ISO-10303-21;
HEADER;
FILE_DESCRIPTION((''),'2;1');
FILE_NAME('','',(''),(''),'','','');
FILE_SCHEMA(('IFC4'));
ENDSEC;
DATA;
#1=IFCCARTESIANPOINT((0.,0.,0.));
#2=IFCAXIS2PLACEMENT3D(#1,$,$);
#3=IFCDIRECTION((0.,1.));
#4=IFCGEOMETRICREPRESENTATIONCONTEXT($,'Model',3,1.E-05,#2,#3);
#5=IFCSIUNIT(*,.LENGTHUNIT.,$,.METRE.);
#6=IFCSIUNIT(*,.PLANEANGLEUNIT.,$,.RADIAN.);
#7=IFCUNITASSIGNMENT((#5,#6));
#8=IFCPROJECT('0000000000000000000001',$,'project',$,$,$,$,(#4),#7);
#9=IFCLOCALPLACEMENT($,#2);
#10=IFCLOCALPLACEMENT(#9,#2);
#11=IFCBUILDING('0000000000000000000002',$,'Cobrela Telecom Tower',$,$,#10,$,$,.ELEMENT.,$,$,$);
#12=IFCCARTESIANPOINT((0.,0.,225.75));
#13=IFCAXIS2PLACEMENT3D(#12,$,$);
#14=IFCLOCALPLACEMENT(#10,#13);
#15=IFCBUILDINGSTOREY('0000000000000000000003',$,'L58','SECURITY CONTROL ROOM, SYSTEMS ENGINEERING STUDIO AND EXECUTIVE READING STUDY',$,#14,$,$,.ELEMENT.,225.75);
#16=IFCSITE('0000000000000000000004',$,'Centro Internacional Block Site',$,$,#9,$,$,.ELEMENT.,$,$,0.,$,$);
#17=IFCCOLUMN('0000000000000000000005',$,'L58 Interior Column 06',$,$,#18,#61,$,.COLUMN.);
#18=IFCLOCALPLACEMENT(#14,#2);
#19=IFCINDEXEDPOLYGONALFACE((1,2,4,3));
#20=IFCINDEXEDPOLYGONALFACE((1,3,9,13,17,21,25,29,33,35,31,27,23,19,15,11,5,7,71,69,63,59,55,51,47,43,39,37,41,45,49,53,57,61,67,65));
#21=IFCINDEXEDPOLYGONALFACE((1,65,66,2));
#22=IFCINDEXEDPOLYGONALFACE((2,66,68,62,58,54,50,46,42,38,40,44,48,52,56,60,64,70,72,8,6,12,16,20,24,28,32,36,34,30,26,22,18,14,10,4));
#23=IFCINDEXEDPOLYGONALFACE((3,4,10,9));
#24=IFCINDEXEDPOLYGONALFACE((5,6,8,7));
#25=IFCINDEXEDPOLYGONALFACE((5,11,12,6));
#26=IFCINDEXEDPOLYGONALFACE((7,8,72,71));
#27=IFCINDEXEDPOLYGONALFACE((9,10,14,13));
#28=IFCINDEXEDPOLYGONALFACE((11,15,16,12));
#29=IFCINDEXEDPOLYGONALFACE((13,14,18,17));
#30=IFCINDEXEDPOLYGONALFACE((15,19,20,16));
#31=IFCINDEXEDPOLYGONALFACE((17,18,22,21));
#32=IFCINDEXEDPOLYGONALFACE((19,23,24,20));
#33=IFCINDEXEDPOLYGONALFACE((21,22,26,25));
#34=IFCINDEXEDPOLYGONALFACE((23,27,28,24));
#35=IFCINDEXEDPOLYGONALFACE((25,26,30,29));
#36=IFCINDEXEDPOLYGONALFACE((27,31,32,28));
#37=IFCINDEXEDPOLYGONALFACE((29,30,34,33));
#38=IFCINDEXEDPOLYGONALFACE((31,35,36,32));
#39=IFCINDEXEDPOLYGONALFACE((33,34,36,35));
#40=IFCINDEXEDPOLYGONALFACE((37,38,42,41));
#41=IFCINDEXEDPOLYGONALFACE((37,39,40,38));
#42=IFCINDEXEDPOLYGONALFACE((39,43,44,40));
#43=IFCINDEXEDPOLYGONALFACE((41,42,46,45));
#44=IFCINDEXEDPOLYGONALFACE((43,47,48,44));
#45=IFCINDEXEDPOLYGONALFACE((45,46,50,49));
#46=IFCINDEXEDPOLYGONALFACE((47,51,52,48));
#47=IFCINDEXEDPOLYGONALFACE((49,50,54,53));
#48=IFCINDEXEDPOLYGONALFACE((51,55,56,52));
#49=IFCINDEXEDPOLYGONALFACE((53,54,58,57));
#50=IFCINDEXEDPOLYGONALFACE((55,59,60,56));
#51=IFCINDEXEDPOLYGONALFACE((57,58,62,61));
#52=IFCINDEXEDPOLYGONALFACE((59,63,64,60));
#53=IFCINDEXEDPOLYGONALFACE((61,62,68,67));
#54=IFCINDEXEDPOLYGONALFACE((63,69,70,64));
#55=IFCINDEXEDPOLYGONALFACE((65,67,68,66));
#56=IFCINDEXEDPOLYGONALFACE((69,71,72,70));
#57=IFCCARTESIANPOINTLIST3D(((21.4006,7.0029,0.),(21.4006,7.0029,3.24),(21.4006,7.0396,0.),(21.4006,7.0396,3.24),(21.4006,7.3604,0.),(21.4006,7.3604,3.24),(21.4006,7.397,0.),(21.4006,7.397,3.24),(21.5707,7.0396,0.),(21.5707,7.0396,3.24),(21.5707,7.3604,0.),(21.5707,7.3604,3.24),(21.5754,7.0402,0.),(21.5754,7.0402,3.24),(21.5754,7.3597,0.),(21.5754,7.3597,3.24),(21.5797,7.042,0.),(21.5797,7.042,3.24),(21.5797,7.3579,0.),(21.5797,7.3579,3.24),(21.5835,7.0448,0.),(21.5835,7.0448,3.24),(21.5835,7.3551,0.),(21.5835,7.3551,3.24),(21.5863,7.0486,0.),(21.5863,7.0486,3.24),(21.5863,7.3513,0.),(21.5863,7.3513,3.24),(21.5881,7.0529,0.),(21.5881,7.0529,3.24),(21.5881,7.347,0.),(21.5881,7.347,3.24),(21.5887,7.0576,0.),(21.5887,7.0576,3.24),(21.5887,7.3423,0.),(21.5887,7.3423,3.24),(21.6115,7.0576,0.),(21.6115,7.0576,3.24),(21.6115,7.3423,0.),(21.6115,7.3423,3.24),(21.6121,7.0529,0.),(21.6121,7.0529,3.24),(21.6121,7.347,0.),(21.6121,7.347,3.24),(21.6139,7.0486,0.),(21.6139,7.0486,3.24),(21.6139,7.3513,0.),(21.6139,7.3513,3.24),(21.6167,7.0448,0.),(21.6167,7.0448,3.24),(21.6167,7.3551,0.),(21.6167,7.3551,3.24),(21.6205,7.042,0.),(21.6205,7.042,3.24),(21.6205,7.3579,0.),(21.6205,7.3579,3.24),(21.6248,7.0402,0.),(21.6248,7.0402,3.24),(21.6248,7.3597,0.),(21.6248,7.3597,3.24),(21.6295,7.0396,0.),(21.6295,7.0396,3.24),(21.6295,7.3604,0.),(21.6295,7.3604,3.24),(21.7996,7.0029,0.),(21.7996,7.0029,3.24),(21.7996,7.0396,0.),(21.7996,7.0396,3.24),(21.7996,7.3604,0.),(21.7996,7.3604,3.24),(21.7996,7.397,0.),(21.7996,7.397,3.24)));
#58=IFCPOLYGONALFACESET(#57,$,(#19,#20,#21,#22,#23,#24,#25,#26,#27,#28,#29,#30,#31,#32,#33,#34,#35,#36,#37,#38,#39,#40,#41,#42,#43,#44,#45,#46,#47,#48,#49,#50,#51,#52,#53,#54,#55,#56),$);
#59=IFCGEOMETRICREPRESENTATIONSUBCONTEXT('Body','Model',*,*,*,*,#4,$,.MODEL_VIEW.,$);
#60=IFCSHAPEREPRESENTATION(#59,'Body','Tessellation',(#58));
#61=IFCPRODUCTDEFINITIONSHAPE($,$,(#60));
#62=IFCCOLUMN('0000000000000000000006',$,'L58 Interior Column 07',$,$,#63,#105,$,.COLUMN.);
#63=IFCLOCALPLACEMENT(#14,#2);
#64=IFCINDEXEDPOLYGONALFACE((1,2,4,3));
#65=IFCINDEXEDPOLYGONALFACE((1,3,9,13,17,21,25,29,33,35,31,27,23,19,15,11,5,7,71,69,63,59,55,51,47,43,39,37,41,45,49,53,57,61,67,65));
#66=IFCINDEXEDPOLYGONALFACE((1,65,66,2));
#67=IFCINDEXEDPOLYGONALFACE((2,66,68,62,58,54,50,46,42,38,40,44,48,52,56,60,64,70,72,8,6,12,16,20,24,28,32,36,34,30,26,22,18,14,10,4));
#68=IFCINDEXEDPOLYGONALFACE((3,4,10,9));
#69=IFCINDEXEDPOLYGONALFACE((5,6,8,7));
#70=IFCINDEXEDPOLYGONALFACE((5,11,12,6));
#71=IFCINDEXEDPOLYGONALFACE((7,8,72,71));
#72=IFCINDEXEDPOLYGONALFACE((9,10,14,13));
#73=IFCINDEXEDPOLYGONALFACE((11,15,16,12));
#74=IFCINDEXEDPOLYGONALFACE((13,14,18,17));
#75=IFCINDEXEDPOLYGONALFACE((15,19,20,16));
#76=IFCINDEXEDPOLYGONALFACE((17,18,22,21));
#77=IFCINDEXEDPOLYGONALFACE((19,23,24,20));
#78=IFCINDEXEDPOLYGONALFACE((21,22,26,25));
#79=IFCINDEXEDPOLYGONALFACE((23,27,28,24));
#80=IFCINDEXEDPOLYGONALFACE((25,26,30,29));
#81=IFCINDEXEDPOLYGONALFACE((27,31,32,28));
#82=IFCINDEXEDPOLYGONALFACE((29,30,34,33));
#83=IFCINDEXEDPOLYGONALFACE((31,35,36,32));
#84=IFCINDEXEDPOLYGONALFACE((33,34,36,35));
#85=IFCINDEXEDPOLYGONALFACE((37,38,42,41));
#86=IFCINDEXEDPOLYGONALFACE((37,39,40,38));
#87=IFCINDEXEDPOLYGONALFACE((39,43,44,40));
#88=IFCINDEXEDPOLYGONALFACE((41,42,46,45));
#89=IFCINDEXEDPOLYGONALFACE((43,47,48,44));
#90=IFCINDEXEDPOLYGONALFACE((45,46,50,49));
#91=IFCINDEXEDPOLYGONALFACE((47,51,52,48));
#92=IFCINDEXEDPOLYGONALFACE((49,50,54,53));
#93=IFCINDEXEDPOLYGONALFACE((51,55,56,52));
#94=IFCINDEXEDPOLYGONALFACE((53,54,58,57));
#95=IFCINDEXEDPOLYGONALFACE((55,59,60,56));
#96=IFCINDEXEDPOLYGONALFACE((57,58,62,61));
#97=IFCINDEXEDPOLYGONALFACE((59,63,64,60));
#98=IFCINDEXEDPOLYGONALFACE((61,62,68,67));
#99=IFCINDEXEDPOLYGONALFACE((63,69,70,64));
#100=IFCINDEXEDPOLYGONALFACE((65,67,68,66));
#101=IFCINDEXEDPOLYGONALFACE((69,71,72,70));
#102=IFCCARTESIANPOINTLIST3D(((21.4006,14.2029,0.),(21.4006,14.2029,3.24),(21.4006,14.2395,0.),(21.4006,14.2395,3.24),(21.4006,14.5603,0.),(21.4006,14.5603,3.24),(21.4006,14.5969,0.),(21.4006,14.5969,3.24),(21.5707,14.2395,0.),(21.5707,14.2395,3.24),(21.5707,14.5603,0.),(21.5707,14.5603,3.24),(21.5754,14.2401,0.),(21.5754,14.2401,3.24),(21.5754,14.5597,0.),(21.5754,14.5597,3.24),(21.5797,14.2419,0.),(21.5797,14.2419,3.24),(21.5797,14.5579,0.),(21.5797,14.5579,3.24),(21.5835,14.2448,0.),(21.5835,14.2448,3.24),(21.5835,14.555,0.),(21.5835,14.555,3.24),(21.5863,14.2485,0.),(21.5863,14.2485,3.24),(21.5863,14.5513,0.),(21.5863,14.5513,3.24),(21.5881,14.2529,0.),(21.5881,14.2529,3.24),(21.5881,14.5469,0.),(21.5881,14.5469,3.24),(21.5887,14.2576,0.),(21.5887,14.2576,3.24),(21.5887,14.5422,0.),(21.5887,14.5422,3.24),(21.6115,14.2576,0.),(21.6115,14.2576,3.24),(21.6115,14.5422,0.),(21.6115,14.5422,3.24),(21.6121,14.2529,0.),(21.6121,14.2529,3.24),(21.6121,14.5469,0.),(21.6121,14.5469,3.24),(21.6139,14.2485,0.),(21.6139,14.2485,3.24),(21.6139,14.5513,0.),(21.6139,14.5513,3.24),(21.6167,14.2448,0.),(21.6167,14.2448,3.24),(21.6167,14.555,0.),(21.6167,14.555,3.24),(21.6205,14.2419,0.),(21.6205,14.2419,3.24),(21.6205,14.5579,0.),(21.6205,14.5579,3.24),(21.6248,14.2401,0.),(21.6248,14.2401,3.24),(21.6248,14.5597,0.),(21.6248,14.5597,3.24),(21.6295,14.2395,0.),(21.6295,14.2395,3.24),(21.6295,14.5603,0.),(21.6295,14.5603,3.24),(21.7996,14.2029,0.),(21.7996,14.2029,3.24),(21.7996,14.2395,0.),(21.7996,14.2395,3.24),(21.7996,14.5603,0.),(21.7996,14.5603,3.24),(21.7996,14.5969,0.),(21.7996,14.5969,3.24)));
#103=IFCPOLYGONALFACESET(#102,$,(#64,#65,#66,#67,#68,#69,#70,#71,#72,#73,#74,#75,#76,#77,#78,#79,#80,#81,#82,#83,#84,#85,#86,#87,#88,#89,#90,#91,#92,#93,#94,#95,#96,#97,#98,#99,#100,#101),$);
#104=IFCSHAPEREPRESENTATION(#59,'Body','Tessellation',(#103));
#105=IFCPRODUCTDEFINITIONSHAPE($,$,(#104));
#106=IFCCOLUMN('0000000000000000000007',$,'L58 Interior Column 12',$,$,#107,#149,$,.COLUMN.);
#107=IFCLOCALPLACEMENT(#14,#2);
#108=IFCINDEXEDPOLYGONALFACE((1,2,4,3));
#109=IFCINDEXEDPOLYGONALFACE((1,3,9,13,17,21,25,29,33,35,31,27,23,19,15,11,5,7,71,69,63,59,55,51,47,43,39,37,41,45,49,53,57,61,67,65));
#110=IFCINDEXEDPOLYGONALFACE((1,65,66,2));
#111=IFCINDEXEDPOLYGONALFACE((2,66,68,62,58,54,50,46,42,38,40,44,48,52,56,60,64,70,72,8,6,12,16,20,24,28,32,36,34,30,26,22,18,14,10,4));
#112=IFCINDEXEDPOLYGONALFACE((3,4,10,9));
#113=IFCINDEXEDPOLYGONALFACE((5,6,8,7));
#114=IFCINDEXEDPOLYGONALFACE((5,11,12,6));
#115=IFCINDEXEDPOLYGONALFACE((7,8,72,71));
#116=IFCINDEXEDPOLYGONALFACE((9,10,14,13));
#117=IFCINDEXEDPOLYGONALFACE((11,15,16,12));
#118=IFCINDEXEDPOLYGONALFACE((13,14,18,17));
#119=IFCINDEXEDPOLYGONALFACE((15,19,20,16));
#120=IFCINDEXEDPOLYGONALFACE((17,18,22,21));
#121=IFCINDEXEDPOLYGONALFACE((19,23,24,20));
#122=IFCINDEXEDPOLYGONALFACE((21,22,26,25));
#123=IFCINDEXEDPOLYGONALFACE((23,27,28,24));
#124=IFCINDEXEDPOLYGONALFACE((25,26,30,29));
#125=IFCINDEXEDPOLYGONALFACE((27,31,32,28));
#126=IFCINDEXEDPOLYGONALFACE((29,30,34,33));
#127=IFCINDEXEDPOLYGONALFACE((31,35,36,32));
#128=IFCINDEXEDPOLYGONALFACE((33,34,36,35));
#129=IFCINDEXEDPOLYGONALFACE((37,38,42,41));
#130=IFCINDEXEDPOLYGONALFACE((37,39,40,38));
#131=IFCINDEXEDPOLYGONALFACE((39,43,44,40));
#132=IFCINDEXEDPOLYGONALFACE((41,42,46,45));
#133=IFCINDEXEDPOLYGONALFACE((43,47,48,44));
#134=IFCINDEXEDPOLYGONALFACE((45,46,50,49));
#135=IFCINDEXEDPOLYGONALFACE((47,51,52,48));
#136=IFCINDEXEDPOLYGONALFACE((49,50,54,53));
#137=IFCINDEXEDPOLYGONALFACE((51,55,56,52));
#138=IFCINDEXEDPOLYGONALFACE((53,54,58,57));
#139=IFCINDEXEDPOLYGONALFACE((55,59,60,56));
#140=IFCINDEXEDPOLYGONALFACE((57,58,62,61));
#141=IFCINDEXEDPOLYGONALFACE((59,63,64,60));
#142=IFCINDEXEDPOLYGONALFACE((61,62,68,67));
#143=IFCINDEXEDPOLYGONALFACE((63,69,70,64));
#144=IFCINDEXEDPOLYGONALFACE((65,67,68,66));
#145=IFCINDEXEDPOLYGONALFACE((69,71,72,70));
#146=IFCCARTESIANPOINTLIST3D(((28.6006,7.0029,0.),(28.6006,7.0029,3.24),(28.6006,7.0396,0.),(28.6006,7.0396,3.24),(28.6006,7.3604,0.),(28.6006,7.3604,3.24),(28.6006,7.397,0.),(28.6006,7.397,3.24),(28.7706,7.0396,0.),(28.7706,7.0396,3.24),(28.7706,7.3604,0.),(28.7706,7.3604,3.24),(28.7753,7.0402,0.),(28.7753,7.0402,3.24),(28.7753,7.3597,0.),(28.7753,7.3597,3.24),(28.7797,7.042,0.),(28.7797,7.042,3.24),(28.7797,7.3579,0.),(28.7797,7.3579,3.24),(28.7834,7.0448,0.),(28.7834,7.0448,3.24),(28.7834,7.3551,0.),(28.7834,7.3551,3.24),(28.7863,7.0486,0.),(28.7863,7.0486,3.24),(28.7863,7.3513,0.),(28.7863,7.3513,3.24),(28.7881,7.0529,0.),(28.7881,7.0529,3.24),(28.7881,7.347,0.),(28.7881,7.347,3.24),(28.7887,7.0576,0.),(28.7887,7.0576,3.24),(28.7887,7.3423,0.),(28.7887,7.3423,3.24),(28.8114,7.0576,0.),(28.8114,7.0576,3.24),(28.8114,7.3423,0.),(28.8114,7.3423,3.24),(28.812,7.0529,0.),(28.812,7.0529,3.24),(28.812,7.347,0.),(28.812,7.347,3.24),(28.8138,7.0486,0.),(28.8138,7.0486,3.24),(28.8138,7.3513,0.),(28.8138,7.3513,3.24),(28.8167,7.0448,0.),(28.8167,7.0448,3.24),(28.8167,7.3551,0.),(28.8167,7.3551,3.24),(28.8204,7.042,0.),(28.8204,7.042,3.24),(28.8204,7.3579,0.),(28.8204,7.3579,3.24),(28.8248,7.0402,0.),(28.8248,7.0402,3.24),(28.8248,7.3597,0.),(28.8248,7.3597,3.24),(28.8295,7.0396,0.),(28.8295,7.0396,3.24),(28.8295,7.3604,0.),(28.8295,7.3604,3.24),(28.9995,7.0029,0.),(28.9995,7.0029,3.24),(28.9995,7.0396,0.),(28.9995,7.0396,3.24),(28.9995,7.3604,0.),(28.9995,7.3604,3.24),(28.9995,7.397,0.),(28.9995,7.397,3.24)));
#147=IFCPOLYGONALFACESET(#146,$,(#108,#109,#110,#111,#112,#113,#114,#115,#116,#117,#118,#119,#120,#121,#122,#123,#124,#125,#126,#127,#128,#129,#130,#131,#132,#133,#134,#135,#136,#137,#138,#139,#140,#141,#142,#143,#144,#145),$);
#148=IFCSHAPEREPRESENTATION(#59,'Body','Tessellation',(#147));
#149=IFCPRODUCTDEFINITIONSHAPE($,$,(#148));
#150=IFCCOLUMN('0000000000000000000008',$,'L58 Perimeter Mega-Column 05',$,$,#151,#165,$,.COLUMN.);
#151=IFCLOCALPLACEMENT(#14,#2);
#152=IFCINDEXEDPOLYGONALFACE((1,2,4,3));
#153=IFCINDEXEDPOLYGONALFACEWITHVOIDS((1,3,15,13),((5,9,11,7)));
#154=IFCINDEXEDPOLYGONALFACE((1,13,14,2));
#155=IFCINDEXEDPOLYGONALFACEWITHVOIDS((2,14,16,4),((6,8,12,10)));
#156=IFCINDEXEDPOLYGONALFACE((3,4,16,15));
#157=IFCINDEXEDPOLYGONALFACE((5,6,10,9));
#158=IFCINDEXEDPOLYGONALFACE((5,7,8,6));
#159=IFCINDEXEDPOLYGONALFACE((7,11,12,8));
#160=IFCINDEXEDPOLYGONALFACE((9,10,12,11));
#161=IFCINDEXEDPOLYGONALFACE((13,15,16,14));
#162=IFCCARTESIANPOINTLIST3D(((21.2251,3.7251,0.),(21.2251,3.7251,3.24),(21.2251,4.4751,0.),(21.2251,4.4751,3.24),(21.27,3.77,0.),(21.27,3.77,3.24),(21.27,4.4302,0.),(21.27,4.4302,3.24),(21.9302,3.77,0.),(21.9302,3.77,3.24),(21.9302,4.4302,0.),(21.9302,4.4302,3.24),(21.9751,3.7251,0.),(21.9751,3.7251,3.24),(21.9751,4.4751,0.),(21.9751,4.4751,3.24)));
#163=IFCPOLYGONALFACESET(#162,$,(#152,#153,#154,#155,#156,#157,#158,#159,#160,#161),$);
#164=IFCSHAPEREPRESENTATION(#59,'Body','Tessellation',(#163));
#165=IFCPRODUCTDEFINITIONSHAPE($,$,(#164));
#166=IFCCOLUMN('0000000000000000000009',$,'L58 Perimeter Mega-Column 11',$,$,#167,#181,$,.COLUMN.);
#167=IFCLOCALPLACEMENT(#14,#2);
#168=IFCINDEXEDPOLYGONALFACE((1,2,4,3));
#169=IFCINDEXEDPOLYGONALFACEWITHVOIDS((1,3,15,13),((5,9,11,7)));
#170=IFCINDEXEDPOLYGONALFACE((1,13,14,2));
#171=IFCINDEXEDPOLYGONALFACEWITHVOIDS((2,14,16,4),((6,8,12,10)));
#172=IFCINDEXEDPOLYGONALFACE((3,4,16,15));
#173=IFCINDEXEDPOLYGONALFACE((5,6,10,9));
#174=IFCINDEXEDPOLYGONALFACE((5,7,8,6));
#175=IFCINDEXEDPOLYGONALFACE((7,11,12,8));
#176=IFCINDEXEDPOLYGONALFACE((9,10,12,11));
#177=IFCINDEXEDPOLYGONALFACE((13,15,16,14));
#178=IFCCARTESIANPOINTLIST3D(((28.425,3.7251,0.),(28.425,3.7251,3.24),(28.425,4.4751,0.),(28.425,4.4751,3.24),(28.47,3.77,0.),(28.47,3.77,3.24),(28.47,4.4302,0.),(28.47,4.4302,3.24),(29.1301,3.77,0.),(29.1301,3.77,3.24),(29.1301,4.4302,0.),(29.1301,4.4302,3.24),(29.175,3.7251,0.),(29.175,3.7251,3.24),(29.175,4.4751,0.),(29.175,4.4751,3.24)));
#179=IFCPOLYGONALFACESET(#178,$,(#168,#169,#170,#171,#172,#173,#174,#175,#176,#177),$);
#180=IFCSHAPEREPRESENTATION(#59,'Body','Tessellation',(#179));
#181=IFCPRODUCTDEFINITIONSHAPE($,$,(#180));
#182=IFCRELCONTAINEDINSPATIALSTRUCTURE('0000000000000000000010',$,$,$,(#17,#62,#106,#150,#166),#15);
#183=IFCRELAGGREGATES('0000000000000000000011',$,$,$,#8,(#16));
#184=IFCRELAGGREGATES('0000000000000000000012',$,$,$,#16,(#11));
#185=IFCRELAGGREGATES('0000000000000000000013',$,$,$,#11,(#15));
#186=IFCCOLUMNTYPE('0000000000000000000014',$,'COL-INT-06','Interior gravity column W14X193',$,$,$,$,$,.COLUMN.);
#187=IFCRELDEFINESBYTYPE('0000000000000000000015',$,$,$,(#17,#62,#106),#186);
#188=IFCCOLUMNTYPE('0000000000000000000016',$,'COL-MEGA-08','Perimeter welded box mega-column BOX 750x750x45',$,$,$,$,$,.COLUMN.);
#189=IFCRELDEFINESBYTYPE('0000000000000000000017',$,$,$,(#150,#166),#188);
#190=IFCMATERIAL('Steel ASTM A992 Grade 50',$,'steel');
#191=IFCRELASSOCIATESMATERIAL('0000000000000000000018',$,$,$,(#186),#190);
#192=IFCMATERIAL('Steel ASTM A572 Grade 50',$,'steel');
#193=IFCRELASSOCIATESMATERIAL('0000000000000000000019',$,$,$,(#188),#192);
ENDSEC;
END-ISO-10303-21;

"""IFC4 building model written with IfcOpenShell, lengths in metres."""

from ifc_helpers import new_model, si_unit, direction, frame, origin, origin_2d, place, context, subcontext, project, spatial, hollow_rectangle, i_section, extrude, material, material_profile, profile_set, type_object, element, save


model = new_model("IFC4")

# Units and contexts
model_context = context("Model", 3, precision=1e-05, world=origin(), true_north=direction((0.0, 1.0)))
body_context = subcontext(model_context, "Body", "Model", "MODEL_VIEW")
ifc_project = project(units=[si_unit("LENGTHUNIT", "METRE"), si_unit("PLANEANGLEUNIT", "RADIAN")], contexts=[model_context])

# Site, building, storey
site_placement = place(None, origin())
site = spatial("IfcSite", under=ifc_project, at=site_placement, Name="Centro Internacional Block Site", CompositionType="ELEMENT", RefElevation=0.0)
building_placement = place(site_placement, origin())
building = spatial("IfcBuilding", under=site, at=building_placement, Name="Cobrela Telecom Tower", CompositionType="ELEMENT")
storey_placement = place(building_placement, frame((0.0, 0.0, 225.75)))
storey = spatial("IfcBuildingStorey", under=building, at=storey_placement, Name="L58", Description="SECURITY CONTROL ROOM, SYSTEMS ENGINEERING STUDIO AND EXECUTIVE READING STUDY", CompositionType="ELEMENT", Elevation=225.75)

# Columns
ifc_material_1 = material(Name="Steel ASTM A992 Grade 50", Category="steel")
ifc_material_profile_1 = material_profile(ifc_material_1, i_section(OverallWidth=0.3989, OverallDepth=0.394, WebThickness=0.0227, FlangeThickness=0.0366, FilletRadius=0.0181, at=origin_2d()), Name="W14X193")
ifc_profile_set_1 = profile_set([ifc_material_profile_1], Name="Steel ASTM A992 Grade 50")
column_type_1 = type_object("IfcColumnType", Name="COL-INT-06", Description="Interior gravity column W14X193", PredefinedType="COLUMN", material=ifc_profile_set_1)
for number, where, z_axis, x_axis, name in (
    (1, (21.6001, 7.2, 0.0), (0.0, 0.0, 1.0), (1.0, 0.0, 0.0), "L58 Interior Column 06"),
    (2, (21.6001, 14.3999, 0.0), (0.0, 0.0, 1.0), (1.0, 0.0, 0.0), "L58 Interior Column 07"),
    (3, (28.8, 7.2, 0.0), (0.0, 0.0, 1.0), (1.0, 0.0, 0.0), "L58 Interior Column 12"),
):
    element("IfcColumn", number, at=place(storey_placement, frame(where, z_axis=z_axis, x_axis=x_axis)), inside=storey, type_object=column_type_1, Name=name, PredefinedType="COLUMN", context=body_context, shape_type="SweptSolid", body=[
        extrude(i_section(OverallWidth=0.3989, OverallDepth=0.394, WebThickness=0.0227, FlangeThickness=0.0366, FilletRadius=0.0181, at=origin_2d()), origin(), (0.0, 0.0, 1.0), 3.24),
    ])
ifc_material_2 = material(Name="Steel ASTM A572 Grade 50", Category="steel")
ifc_material_profile_2 = material_profile(ifc_material_2, hollow_rectangle(XDim=0.75, YDim=0.75, WallThickness=0.0449, at=origin_2d()), Name="BOX 750x750x45")
ifc_profile_set_2 = profile_set([ifc_material_profile_2], Name="Steel ASTM A572 Grade 50")
column_type_2 = type_object("IfcColumnType", Name="COL-MEGA-08", Description="Perimeter welded box mega-column BOX 750x750x45", PredefinedType="COLUMN", material=ifc_profile_set_2)
for number, where, z_axis, x_axis, name in (
    (4, (21.6001, 4.1001, 0.0), (0.0, 0.0, 1.0), (1.0, 0.0, 0.0), "L58 Perimeter Mega-Column 05"),
    (5, (28.8, 4.1001, 0.0), (0.0, 0.0, 1.0), (1.0, 0.0, 0.0), "L58 Perimeter Mega-Column 11"),
):
    element("IfcColumn", number, at=place(storey_placement, frame(where, z_axis=z_axis, x_axis=x_axis)), inside=storey, type_object=column_type_2, Name=name, PredefinedType="COLUMN", context=body_context, shape_type="SweptSolid", body=[
        extrude(hollow_rectangle(XDim=0.75, YDim=0.75, WallThickness=0.0449, at=origin_2d()), origin(), (0.0, 0.0, 1.0), 3.24),
    ])

save(model, "model.ifc")
